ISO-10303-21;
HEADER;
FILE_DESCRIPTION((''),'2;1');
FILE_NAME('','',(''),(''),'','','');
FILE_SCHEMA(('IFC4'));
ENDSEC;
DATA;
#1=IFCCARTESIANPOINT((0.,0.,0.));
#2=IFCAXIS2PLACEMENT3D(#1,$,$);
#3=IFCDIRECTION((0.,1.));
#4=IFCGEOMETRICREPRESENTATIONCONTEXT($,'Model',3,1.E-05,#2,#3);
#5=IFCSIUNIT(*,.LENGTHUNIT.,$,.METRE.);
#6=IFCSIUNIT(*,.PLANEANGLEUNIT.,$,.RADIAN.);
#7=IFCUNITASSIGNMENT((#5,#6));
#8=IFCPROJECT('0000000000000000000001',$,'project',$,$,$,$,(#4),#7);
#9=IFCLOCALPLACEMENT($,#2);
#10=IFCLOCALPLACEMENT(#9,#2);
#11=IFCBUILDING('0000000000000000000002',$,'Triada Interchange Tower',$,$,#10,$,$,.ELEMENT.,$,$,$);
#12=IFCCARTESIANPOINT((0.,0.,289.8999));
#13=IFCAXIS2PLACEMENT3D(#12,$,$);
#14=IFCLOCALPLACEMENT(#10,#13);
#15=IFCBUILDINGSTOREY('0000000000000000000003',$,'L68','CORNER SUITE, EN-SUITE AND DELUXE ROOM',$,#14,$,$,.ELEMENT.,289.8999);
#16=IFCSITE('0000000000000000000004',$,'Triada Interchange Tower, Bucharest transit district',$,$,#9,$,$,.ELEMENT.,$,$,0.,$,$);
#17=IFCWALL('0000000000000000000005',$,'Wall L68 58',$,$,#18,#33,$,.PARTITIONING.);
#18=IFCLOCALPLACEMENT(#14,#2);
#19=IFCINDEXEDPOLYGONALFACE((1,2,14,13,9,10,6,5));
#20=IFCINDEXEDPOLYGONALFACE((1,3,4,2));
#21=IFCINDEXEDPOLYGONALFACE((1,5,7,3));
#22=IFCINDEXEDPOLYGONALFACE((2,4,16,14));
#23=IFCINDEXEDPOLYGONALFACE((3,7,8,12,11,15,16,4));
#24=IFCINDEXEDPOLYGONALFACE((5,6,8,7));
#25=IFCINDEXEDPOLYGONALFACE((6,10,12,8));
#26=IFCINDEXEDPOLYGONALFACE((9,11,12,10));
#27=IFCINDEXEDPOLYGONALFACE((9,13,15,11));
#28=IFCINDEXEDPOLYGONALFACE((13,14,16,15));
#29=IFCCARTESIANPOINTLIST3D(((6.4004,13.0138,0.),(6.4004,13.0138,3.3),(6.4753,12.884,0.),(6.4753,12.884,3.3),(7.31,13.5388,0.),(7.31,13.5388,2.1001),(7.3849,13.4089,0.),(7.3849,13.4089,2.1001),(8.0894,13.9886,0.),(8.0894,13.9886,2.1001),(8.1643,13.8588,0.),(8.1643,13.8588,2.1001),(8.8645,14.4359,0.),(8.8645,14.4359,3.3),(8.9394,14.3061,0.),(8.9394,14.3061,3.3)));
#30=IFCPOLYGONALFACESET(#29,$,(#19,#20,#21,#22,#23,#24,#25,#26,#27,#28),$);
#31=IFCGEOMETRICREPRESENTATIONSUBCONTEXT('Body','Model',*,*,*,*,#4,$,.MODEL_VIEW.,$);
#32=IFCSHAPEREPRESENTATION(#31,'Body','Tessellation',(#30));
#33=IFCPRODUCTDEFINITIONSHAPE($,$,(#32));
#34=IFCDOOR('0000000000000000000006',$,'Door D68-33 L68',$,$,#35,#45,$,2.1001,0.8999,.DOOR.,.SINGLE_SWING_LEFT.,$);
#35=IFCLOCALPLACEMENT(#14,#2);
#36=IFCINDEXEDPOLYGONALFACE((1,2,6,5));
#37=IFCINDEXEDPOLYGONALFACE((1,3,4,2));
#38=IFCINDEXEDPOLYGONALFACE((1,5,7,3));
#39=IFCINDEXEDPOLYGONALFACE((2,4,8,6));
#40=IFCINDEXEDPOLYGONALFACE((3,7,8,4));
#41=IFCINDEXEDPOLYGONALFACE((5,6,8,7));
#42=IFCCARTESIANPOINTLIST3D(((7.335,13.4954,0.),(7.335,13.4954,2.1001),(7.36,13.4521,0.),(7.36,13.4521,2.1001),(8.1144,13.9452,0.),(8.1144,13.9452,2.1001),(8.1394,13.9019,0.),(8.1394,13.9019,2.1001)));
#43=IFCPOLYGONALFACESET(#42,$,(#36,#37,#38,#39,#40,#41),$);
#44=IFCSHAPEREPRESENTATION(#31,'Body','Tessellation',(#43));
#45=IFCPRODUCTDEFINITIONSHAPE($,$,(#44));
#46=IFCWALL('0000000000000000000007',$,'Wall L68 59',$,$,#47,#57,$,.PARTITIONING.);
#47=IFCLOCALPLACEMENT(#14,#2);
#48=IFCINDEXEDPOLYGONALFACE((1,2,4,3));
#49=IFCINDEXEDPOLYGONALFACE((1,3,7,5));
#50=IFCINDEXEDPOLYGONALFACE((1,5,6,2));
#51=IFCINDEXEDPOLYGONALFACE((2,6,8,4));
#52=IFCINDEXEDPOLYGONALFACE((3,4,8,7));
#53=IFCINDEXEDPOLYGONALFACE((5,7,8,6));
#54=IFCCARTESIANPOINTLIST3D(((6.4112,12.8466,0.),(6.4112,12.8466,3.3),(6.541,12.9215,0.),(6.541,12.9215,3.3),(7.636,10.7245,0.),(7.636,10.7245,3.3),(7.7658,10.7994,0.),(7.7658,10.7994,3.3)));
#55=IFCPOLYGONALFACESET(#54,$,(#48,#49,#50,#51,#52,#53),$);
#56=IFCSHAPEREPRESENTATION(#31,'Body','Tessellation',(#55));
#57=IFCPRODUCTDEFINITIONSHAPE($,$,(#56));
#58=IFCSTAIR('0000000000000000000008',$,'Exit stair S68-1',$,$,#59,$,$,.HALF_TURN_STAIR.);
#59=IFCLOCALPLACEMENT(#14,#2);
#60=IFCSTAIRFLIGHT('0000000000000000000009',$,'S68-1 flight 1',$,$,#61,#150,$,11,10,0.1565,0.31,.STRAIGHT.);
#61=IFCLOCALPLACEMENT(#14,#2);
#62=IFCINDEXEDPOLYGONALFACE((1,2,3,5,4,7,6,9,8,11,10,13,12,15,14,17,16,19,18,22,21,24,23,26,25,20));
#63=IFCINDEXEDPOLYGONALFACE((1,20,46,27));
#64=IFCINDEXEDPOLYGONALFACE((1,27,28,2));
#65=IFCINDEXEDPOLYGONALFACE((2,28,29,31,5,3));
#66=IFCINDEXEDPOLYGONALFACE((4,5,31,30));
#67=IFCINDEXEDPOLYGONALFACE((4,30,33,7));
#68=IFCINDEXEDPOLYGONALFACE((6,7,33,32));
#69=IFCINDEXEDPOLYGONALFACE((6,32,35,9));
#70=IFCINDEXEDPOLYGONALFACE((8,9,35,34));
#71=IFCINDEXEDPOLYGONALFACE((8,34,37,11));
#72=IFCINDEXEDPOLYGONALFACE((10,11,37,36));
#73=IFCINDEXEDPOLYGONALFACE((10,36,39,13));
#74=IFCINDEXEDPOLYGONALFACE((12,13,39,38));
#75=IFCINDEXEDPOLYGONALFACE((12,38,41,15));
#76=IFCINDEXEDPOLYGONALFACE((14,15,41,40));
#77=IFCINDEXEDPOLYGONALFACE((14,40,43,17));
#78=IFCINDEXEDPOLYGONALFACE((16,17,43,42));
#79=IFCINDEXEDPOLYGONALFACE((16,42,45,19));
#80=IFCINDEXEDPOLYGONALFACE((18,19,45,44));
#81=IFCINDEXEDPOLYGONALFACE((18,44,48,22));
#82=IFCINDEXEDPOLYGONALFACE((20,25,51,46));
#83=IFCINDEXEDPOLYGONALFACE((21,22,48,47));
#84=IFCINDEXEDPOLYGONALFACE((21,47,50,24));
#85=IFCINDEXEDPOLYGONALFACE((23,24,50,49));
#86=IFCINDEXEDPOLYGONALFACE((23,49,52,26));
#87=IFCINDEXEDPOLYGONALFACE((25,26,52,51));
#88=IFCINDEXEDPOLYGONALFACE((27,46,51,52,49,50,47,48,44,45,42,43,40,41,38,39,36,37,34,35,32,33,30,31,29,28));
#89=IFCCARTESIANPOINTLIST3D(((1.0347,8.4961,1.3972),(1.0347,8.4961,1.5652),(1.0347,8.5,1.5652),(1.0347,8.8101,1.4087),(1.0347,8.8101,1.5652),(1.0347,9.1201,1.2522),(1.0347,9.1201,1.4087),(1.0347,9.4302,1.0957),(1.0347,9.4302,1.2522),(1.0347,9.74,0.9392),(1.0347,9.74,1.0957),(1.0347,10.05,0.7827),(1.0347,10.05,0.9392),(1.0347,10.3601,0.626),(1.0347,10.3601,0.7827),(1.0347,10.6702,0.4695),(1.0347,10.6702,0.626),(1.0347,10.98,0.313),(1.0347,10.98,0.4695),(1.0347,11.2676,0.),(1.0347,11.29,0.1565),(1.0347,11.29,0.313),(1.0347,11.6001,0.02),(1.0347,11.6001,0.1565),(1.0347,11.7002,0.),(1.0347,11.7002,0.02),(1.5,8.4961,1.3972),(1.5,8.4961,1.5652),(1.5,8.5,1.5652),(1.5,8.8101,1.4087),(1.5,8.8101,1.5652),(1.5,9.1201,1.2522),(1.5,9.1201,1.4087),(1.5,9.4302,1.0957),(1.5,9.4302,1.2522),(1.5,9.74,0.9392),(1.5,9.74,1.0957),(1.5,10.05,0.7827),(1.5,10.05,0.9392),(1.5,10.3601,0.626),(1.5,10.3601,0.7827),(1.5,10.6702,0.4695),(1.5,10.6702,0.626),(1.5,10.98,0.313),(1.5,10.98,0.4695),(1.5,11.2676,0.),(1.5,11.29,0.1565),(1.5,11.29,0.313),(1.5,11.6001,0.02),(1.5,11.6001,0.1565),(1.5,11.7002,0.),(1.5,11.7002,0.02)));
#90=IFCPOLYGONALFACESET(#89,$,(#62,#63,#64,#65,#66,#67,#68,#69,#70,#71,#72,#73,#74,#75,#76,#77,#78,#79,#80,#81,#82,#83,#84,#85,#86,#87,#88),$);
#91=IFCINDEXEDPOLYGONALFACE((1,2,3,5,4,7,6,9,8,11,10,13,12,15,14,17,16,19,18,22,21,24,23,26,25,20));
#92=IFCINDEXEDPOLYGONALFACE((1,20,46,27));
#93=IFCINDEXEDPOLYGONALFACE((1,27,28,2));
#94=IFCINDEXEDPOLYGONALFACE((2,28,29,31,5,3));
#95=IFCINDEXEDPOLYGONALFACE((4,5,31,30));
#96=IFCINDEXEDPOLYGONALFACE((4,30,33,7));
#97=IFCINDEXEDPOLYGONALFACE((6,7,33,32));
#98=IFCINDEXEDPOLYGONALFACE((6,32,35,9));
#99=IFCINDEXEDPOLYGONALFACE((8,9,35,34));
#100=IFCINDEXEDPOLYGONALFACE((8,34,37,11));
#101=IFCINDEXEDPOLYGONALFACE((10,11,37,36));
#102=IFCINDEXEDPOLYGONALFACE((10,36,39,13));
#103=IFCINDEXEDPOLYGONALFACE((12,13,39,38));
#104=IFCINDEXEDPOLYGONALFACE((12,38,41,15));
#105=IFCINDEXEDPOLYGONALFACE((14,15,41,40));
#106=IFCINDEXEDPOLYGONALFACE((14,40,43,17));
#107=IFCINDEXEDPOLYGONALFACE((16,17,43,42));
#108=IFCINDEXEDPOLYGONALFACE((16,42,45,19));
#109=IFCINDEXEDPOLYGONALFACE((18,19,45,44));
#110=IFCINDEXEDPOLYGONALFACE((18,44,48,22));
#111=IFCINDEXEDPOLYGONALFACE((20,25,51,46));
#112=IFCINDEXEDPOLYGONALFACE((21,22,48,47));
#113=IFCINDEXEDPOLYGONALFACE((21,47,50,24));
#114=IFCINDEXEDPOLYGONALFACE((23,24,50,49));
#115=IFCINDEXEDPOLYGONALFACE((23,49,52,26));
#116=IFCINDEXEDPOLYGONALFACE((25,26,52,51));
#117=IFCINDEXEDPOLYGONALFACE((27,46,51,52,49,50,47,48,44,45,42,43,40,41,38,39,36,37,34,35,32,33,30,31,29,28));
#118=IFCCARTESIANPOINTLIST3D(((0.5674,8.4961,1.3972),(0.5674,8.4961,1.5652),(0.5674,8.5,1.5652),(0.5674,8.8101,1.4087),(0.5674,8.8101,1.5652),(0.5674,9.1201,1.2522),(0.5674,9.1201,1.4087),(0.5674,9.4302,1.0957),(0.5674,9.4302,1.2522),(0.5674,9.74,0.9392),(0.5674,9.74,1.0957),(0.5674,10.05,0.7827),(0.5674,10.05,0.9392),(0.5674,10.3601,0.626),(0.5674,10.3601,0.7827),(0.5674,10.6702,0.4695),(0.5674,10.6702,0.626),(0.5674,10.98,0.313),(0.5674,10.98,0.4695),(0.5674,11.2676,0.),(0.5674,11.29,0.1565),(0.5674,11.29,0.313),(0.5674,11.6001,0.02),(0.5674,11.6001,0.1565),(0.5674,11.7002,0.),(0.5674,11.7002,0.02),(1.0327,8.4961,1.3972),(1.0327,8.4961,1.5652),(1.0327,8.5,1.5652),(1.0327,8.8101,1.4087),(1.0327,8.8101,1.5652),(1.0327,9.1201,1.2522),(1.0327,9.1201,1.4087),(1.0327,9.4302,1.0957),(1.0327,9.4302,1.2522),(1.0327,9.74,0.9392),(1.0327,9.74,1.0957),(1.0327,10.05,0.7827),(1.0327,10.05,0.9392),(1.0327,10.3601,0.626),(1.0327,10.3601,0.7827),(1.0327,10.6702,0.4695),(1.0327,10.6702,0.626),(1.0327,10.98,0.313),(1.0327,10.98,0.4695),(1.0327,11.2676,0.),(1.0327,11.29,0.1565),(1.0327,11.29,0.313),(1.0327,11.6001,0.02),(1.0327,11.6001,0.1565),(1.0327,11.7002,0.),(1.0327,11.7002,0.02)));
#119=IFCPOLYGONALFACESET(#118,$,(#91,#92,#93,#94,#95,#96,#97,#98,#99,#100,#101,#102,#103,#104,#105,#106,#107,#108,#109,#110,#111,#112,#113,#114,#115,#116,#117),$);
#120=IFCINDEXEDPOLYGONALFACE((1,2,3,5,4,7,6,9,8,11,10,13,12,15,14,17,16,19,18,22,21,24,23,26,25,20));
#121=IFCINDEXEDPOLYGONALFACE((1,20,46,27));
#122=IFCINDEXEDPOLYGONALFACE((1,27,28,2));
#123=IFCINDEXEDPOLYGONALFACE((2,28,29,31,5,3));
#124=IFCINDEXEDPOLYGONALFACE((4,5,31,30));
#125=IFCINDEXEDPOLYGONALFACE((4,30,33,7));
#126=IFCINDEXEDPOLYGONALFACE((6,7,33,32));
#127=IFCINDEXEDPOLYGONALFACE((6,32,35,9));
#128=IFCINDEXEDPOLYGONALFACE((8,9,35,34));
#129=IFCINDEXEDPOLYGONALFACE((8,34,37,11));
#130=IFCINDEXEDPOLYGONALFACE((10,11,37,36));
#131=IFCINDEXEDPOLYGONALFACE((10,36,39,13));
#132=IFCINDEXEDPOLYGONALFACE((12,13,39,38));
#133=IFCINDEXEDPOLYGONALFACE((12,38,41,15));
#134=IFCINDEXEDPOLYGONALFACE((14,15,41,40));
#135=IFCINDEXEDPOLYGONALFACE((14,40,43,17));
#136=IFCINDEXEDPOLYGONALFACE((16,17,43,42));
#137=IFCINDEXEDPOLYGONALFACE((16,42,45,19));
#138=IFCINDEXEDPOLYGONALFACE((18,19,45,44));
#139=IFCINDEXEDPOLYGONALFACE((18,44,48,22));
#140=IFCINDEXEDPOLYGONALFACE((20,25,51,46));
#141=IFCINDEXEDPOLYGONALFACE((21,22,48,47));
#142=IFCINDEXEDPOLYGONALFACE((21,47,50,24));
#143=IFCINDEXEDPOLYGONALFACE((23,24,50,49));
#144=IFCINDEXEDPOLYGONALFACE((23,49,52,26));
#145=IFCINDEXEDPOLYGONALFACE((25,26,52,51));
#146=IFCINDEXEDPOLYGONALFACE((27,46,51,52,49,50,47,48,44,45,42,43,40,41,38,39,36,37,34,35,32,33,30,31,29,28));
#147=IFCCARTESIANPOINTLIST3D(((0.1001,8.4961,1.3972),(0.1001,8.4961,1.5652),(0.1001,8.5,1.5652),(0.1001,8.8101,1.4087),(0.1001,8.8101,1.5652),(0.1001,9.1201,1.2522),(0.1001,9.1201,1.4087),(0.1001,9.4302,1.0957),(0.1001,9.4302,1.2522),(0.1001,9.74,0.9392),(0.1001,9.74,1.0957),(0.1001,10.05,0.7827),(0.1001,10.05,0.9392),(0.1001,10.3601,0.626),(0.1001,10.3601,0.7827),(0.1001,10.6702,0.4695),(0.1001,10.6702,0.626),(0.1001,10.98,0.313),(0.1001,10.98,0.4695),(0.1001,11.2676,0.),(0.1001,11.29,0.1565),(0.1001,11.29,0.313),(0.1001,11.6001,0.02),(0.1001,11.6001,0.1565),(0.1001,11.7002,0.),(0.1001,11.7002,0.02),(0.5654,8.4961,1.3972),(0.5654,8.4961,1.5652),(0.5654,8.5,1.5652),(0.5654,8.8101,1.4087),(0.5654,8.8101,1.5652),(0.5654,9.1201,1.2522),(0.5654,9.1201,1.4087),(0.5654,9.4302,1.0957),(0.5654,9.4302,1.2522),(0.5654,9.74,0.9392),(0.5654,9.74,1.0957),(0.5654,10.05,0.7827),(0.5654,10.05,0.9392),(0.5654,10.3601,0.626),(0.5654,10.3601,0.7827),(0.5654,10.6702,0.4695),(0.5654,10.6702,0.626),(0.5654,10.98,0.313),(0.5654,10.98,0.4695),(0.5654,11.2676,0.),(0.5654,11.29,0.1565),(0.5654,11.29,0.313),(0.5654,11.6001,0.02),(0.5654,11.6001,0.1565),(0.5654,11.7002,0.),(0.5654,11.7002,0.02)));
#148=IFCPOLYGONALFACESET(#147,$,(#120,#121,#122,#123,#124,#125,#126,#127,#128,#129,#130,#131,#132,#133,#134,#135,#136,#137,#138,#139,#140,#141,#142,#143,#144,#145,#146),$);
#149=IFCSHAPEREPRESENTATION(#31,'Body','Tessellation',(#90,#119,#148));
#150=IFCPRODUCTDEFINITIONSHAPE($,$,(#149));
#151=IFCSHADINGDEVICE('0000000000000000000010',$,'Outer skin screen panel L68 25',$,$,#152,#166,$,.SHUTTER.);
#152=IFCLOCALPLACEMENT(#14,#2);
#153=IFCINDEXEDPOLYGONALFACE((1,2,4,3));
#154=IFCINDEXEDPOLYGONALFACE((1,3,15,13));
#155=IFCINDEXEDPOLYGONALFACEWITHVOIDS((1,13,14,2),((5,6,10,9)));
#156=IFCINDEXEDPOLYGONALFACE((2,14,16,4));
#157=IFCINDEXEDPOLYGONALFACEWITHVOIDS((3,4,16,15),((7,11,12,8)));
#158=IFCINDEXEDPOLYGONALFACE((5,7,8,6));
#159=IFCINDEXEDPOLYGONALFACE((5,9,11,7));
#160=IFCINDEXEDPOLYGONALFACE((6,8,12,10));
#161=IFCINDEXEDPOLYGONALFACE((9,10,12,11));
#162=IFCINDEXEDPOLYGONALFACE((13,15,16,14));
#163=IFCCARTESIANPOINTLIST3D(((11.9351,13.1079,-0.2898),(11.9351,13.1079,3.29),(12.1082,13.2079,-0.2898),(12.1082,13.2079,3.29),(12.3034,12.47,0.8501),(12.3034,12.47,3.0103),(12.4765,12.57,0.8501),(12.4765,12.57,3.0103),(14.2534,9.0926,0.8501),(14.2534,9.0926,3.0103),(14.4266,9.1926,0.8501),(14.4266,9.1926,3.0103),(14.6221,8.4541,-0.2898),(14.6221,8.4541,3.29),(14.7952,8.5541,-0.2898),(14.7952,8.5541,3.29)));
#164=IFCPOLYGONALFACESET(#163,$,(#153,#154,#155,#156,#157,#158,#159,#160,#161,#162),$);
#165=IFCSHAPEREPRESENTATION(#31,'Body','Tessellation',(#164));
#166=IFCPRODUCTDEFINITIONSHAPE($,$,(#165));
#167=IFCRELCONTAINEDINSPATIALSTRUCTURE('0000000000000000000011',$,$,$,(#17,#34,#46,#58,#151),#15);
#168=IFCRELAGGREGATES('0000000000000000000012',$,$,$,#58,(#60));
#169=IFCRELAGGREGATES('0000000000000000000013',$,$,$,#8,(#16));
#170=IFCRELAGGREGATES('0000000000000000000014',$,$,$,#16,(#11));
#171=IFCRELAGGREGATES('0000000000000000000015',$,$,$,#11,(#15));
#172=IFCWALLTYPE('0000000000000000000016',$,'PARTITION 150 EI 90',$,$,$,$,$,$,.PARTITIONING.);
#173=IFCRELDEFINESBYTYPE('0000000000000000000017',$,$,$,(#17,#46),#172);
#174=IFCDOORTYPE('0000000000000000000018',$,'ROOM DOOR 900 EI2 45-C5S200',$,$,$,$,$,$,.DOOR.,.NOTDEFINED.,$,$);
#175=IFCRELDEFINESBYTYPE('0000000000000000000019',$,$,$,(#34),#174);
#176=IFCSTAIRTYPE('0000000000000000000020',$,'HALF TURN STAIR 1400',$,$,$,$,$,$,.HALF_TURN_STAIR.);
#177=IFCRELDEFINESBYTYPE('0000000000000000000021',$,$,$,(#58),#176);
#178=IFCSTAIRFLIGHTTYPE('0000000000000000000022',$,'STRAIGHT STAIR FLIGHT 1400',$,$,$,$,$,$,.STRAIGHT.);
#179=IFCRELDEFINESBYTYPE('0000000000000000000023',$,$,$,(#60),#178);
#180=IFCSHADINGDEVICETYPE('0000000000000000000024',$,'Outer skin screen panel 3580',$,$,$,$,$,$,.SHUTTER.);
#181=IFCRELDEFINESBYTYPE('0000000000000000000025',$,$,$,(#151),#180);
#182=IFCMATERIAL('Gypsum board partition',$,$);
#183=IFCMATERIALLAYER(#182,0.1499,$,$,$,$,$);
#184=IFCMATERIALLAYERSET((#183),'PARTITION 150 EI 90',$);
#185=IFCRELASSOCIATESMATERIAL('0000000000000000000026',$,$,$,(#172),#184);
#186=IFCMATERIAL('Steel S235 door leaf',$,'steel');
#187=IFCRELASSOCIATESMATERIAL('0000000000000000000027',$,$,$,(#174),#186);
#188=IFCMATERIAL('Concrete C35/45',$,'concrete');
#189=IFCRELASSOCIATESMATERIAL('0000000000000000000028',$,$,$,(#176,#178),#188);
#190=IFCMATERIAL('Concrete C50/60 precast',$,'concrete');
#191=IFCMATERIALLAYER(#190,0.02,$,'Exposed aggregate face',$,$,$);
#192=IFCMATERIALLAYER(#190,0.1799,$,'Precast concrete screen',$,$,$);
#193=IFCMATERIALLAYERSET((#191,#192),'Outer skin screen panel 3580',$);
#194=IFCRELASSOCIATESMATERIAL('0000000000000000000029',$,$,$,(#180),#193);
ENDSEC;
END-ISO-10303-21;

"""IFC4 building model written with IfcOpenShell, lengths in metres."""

from ifc_helpers import new_model, si_unit, direction, frame, frame_2d, origin, place, context, subcontext, project, spatial, polyline, rectangle, outline, extrude, material, layer, layer_set, type_object, element, fill, aggregate, save


model = new_model("IFC4")

# Units and contexts
model_context = context("Model", 3, precision=1e-05, world=origin(), true_north=direction((0.0, 1.0)))
body_context = subcontext(model_context, "Body", "Model", "MODEL_VIEW")
ifc_project = project(units=[si_unit("LENGTHUNIT", "METRE"), si_unit("PLANEANGLEUNIT", "RADIAN")], contexts=[model_context])

# Site, building, storey
site_placement = place(None, origin())
site = spatial("IfcSite", under=ifc_project, at=site_placement, Name="Triada Interchange Tower, Bucharest transit district", CompositionType="ELEMENT", RefElevation=0.0)
building_placement = place(site_placement, origin())
building = spatial("IfcBuilding", under=site, at=building_placement, Name="Triada Interchange Tower", CompositionType="ELEMENT")
storey_placement = place(building_placement, frame((0.0, 0.0, 289.8999)))
storey = spatial("IfcBuildingStorey", under=building, at=storey_placement, Name="L68", Description="CORNER SUITE, EN-SUITE AND DELUXE ROOM", CompositionType="ELEMENT", Elevation=289.8999)

# Shared definitions
ifc_material_1 = material(Name="Steel S235 door leaf", Category="steel")

# Shared definitions
ifc_material_2 = material(Name="Gypsum board partition")
ifc_layer_1 = layer(ifc_material_2, 0.1499)
ifc_layer_set_1 = layer_set([ifc_layer_1], Name="PARTITION 150 EI 90")
wall_type_1 = type_object("IfcWallType", Name="PARTITION 150 EI 90", PredefinedType="PARTITIONING", material=ifc_layer_set_1)

# Wall, opening, door
wall_1_placement = place(storey_placement, frame((6.438, 12.949, 0.0), z_axis=(0.0, 0.0, 1.0), x_axis=(0.866107, 0.499859, 0.0)))
wall_1 = element("IfcWall", 1, at=wall_1_placement, inside=storey, type_object=wall_type_1, Name="Wall L68 58", PredefinedType="PARTITIONING", context=body_context, shape_type="SweptSolid", body=[
    extrude(rectangle(XDim=2.845, YDim=0.1499, at=frame_2d((1.4224, 0.0))), origin(), (0.0, 0.0, 1.0), 3.3),
])
opening_1_placement = place(wall_1_placement, frame((1.05, 0.0, 0.0)))
opening_1 = element("IfcOpeningElement", 2, at=opening_1_placement, cuts=wall_1, PredefinedType="OPENING", context=body_context, shape_type="SweptSolid", body=[
    extrude(rectangle(XDim=0.8999, YDim=2.1001, at=frame_2d((0.45, 1.05))), frame((0.0, 0.085, 0.0), z_axis=(0.0, -1.0, 0.0), x_axis=(1.0, 0.0, 0.0)), (0.0, 0.0, 1.0), 0.1699),
])
door_type_1 = type_object("IfcDoorType", Name="ROOM DOOR 900 EI2 45-C5S200", OperationType="NOTDEFINED", PredefinedType="DOOR", material=ifc_material_1)
door_1_placement = place(opening_1_placement, origin())
door_1 = element("IfcDoor", 3, at=door_1_placement, inside=storey, type_object=door_type_1, Name="Door D68-33 L68", OperationType="SINGLE_SWING_LEFT", OverallHeight=2.1001, OverallWidth=0.8999, PredefinedType="DOOR", context=body_context, shape_type="SweptSolid", body=[
    extrude(rectangle(XDim=0.8999, YDim=2.1001, at=frame_2d((0.45, 1.05))), frame((0.0, 0.0249, 0.0), z_axis=(0.0, -1.0, 0.0), x_axis=(1.0, 0.0, 0.0)), (0.0, 0.0, 1.0), 0.05),
])
fill(opening_1, door_1)

# Wall
wall_2_placement = place(storey_placement, frame((6.4761, 12.884, 0.0), z_axis=(0.0, 0.0, 1.0), x_axis=(0.499901, -0.866083, 0.0)))
element("IfcWall", 4, at=wall_2_placement, inside=storey, type_object=wall_type_1, Name="Wall L68 59", PredefinedType="PARTITIONING", context=body_context, shape_type="SweptSolid", body=[
    extrude(rectangle(XDim=2.4502, YDim=0.1499, at=frame_2d((1.2251, 0.0))), origin(), (0.0, 0.0, 1.0), 3.3),
])

# Stair, stair flight
ifc_material_3 = material(Name="Concrete C35/45", Category="concrete")
stair_type = type_object("IfcStairType", Name="HALF TURN STAIR 1400", PredefinedType="HALF_TURN_STAIR", material=ifc_material_3)
stair_placement = place(storey_placement, origin())
stair = element("IfcStair", 5, at=stair_placement, inside=storey, type_object=stair_type, Name="Exit stair S68-1", PredefinedType="HALF_TURN_STAIR")
stair_flight_type = type_object("IfcStairFlightType", Name="STRAIGHT STAIR FLIGHT 1400", PredefinedType="STRAIGHT", material=ifc_material_3)
stair_flight_placement = place(storey_placement, frame((0.8, 11.6001, 0.0), z_axis=(0.0, 0.0, 1.0), x_axis=(0.0, -1.0, 0.0)))
stair_flight = element("IfcStairFlight", 6, at=stair_flight_placement, type_object=stair_flight_type, Name="S68-1 flight 1", NumberOfRisers=11, NumberOfTreads=10, PredefinedType="STRAIGHT", RiserHeight=0.1565, TreadLength=0.31, context=body_context, shape_type="SweptSolid", body=[
    extrude(outline(polyline([(-0.1001, 0.0), (-0.1001, 0.02), (0.0, 0.02), (0.0, 0.1565), (0.3101, 0.1565), (0.3101, 0.313), (0.6201, 0.313), (0.6201, 0.4695), (0.9299, 0.4695), (0.9299, 0.626), (1.24, 0.626), (1.24, 0.7827), (1.55, 0.7827), (1.55, 0.9392), (1.8601, 0.9392), (1.8601, 1.0957), (2.1699, 1.0957), (2.1699, 1.2522), (2.48, 1.2522), (2.48, 1.4087), (2.79, 1.4087), (2.79, 1.5652), (3.1001, 1.5652), (3.104, 1.5652), (3.104, 1.7217), (3.104, 1.3972), (0.3325, 0.0), (-0.1001, 0.0)])), frame((0.0, 0.7, 0.0), z_axis=(0.0, -1.0, 0.0), x_axis=(1.0, 0.0, 0.0)), (0.0, 0.0, 1.0), 0.4653),
    extrude(outline(polyline([(-0.1001, 0.0), (-0.1001, 0.02), (0.0, 0.02), (0.0, 0.1565), (0.3101, 0.1565), (0.3101, 0.313), (0.6201, 0.313), (0.6201, 0.4695), (0.9299, 0.4695), (0.9299, 0.626), (1.24, 0.626), (1.24, 0.7827), (1.55, 0.7827), (1.55, 0.9392), (1.8601, 0.9392), (1.8601, 1.0957), (2.1699, 1.0957), (2.1699, 1.2522), (2.48, 1.2522), (2.48, 1.4087), (2.79, 1.4087), (2.79, 1.5652), (3.1001, 1.5652), (3.104, 1.5652), (3.104, 1.7217), (3.104, 1.3972), (0.3325, 0.0), (-0.1001, 0.0)])), frame((0.0, 0.2327, 0.0), z_axis=(0.0, -1.0, 0.0), x_axis=(1.0, 0.0, 0.0)), (0.0, 0.0, 1.0), 0.4653),
    extrude(outline(polyline([(-0.1001, 0.0), (-0.1001, 0.02), (0.0, 0.02), (0.0, 0.1565), (0.3101, 0.1565), (0.3101, 0.313), (0.6201, 0.313), (0.6201, 0.4695), (0.9299, 0.4695), (0.9299, 0.626), (1.24, 0.626), (1.24, 0.7827), (1.55, 0.7827), (1.55, 0.9392), (1.8601, 0.9392), (1.8601, 1.0957), (2.1699, 1.0957), (2.1699, 1.2522), (2.48, 1.2522), (2.48, 1.4087), (2.79, 1.4087), (2.79, 1.5652), (3.1001, 1.5652), (3.104, 1.5652), (3.104, 1.7217), (3.104, 1.3972), (0.3325, 0.0), (-0.1001, 0.0)])), frame((0.0, -0.2346, 0.0), z_axis=(0.0, -1.0, 0.0), x_axis=(1.0, 0.0, 0.0)), (0.0, 0.0, 1.0), 0.4653),
])

# Shading device
ifc_material_4 = material(Name="Concrete C50/60 precast", Category="concrete")
ifc_layer_2 = layer(ifc_material_4, 0.02, Name="Exposed aggregate face")
ifc_layer_3 = layer(ifc_material_4, 0.1799, Name="Precast concrete screen")
ifc_layer_set_2 = layer_set([ifc_layer_2, ifc_layer_3], Name="Outer skin screen panel 3580")
shading_device_type = type_object("IfcShadingDeviceType", Name="Outer skin screen panel 3580", PredefinedType="SHUTTER", material=ifc_layer_set_2)
shading_device_1_placement = place(storey_placement, frame((14.6221, 8.4541, -0.2898), z_axis=(0.0, 0.0, 1.0), x_axis=(-0.500019, 0.866015, 0.0)))
element("IfcShadingDevice", 7, at=shading_device_1_placement, inside=storey, type_object=shading_device_type, Name="Outer skin screen panel L68 25", PredefinedType="SHUTTER", context=body_context, shape_type="SweptSolid", body=[
    extrude(outline(polyline([(0.0, 0.0), (5.3738, 0.0), (5.3738, 3.5798), (0.0, 3.5798), (0.0, 0.0)]), holes=[polyline([(0.7373, 1.1399), (0.7373, 3.3), (4.6372, 3.3), (4.6372, 1.1399), (0.7373, 1.1399)])]), frame((0.0, 0.0, 0.0), z_axis=(0.0, -1.0, 0.0), x_axis=(1.0, 0.0, 0.0)), (0.0, 0.0, 1.0), 0.2),
])

aggregate(stair, [stair_flight])

save(model, "model.ifc")
